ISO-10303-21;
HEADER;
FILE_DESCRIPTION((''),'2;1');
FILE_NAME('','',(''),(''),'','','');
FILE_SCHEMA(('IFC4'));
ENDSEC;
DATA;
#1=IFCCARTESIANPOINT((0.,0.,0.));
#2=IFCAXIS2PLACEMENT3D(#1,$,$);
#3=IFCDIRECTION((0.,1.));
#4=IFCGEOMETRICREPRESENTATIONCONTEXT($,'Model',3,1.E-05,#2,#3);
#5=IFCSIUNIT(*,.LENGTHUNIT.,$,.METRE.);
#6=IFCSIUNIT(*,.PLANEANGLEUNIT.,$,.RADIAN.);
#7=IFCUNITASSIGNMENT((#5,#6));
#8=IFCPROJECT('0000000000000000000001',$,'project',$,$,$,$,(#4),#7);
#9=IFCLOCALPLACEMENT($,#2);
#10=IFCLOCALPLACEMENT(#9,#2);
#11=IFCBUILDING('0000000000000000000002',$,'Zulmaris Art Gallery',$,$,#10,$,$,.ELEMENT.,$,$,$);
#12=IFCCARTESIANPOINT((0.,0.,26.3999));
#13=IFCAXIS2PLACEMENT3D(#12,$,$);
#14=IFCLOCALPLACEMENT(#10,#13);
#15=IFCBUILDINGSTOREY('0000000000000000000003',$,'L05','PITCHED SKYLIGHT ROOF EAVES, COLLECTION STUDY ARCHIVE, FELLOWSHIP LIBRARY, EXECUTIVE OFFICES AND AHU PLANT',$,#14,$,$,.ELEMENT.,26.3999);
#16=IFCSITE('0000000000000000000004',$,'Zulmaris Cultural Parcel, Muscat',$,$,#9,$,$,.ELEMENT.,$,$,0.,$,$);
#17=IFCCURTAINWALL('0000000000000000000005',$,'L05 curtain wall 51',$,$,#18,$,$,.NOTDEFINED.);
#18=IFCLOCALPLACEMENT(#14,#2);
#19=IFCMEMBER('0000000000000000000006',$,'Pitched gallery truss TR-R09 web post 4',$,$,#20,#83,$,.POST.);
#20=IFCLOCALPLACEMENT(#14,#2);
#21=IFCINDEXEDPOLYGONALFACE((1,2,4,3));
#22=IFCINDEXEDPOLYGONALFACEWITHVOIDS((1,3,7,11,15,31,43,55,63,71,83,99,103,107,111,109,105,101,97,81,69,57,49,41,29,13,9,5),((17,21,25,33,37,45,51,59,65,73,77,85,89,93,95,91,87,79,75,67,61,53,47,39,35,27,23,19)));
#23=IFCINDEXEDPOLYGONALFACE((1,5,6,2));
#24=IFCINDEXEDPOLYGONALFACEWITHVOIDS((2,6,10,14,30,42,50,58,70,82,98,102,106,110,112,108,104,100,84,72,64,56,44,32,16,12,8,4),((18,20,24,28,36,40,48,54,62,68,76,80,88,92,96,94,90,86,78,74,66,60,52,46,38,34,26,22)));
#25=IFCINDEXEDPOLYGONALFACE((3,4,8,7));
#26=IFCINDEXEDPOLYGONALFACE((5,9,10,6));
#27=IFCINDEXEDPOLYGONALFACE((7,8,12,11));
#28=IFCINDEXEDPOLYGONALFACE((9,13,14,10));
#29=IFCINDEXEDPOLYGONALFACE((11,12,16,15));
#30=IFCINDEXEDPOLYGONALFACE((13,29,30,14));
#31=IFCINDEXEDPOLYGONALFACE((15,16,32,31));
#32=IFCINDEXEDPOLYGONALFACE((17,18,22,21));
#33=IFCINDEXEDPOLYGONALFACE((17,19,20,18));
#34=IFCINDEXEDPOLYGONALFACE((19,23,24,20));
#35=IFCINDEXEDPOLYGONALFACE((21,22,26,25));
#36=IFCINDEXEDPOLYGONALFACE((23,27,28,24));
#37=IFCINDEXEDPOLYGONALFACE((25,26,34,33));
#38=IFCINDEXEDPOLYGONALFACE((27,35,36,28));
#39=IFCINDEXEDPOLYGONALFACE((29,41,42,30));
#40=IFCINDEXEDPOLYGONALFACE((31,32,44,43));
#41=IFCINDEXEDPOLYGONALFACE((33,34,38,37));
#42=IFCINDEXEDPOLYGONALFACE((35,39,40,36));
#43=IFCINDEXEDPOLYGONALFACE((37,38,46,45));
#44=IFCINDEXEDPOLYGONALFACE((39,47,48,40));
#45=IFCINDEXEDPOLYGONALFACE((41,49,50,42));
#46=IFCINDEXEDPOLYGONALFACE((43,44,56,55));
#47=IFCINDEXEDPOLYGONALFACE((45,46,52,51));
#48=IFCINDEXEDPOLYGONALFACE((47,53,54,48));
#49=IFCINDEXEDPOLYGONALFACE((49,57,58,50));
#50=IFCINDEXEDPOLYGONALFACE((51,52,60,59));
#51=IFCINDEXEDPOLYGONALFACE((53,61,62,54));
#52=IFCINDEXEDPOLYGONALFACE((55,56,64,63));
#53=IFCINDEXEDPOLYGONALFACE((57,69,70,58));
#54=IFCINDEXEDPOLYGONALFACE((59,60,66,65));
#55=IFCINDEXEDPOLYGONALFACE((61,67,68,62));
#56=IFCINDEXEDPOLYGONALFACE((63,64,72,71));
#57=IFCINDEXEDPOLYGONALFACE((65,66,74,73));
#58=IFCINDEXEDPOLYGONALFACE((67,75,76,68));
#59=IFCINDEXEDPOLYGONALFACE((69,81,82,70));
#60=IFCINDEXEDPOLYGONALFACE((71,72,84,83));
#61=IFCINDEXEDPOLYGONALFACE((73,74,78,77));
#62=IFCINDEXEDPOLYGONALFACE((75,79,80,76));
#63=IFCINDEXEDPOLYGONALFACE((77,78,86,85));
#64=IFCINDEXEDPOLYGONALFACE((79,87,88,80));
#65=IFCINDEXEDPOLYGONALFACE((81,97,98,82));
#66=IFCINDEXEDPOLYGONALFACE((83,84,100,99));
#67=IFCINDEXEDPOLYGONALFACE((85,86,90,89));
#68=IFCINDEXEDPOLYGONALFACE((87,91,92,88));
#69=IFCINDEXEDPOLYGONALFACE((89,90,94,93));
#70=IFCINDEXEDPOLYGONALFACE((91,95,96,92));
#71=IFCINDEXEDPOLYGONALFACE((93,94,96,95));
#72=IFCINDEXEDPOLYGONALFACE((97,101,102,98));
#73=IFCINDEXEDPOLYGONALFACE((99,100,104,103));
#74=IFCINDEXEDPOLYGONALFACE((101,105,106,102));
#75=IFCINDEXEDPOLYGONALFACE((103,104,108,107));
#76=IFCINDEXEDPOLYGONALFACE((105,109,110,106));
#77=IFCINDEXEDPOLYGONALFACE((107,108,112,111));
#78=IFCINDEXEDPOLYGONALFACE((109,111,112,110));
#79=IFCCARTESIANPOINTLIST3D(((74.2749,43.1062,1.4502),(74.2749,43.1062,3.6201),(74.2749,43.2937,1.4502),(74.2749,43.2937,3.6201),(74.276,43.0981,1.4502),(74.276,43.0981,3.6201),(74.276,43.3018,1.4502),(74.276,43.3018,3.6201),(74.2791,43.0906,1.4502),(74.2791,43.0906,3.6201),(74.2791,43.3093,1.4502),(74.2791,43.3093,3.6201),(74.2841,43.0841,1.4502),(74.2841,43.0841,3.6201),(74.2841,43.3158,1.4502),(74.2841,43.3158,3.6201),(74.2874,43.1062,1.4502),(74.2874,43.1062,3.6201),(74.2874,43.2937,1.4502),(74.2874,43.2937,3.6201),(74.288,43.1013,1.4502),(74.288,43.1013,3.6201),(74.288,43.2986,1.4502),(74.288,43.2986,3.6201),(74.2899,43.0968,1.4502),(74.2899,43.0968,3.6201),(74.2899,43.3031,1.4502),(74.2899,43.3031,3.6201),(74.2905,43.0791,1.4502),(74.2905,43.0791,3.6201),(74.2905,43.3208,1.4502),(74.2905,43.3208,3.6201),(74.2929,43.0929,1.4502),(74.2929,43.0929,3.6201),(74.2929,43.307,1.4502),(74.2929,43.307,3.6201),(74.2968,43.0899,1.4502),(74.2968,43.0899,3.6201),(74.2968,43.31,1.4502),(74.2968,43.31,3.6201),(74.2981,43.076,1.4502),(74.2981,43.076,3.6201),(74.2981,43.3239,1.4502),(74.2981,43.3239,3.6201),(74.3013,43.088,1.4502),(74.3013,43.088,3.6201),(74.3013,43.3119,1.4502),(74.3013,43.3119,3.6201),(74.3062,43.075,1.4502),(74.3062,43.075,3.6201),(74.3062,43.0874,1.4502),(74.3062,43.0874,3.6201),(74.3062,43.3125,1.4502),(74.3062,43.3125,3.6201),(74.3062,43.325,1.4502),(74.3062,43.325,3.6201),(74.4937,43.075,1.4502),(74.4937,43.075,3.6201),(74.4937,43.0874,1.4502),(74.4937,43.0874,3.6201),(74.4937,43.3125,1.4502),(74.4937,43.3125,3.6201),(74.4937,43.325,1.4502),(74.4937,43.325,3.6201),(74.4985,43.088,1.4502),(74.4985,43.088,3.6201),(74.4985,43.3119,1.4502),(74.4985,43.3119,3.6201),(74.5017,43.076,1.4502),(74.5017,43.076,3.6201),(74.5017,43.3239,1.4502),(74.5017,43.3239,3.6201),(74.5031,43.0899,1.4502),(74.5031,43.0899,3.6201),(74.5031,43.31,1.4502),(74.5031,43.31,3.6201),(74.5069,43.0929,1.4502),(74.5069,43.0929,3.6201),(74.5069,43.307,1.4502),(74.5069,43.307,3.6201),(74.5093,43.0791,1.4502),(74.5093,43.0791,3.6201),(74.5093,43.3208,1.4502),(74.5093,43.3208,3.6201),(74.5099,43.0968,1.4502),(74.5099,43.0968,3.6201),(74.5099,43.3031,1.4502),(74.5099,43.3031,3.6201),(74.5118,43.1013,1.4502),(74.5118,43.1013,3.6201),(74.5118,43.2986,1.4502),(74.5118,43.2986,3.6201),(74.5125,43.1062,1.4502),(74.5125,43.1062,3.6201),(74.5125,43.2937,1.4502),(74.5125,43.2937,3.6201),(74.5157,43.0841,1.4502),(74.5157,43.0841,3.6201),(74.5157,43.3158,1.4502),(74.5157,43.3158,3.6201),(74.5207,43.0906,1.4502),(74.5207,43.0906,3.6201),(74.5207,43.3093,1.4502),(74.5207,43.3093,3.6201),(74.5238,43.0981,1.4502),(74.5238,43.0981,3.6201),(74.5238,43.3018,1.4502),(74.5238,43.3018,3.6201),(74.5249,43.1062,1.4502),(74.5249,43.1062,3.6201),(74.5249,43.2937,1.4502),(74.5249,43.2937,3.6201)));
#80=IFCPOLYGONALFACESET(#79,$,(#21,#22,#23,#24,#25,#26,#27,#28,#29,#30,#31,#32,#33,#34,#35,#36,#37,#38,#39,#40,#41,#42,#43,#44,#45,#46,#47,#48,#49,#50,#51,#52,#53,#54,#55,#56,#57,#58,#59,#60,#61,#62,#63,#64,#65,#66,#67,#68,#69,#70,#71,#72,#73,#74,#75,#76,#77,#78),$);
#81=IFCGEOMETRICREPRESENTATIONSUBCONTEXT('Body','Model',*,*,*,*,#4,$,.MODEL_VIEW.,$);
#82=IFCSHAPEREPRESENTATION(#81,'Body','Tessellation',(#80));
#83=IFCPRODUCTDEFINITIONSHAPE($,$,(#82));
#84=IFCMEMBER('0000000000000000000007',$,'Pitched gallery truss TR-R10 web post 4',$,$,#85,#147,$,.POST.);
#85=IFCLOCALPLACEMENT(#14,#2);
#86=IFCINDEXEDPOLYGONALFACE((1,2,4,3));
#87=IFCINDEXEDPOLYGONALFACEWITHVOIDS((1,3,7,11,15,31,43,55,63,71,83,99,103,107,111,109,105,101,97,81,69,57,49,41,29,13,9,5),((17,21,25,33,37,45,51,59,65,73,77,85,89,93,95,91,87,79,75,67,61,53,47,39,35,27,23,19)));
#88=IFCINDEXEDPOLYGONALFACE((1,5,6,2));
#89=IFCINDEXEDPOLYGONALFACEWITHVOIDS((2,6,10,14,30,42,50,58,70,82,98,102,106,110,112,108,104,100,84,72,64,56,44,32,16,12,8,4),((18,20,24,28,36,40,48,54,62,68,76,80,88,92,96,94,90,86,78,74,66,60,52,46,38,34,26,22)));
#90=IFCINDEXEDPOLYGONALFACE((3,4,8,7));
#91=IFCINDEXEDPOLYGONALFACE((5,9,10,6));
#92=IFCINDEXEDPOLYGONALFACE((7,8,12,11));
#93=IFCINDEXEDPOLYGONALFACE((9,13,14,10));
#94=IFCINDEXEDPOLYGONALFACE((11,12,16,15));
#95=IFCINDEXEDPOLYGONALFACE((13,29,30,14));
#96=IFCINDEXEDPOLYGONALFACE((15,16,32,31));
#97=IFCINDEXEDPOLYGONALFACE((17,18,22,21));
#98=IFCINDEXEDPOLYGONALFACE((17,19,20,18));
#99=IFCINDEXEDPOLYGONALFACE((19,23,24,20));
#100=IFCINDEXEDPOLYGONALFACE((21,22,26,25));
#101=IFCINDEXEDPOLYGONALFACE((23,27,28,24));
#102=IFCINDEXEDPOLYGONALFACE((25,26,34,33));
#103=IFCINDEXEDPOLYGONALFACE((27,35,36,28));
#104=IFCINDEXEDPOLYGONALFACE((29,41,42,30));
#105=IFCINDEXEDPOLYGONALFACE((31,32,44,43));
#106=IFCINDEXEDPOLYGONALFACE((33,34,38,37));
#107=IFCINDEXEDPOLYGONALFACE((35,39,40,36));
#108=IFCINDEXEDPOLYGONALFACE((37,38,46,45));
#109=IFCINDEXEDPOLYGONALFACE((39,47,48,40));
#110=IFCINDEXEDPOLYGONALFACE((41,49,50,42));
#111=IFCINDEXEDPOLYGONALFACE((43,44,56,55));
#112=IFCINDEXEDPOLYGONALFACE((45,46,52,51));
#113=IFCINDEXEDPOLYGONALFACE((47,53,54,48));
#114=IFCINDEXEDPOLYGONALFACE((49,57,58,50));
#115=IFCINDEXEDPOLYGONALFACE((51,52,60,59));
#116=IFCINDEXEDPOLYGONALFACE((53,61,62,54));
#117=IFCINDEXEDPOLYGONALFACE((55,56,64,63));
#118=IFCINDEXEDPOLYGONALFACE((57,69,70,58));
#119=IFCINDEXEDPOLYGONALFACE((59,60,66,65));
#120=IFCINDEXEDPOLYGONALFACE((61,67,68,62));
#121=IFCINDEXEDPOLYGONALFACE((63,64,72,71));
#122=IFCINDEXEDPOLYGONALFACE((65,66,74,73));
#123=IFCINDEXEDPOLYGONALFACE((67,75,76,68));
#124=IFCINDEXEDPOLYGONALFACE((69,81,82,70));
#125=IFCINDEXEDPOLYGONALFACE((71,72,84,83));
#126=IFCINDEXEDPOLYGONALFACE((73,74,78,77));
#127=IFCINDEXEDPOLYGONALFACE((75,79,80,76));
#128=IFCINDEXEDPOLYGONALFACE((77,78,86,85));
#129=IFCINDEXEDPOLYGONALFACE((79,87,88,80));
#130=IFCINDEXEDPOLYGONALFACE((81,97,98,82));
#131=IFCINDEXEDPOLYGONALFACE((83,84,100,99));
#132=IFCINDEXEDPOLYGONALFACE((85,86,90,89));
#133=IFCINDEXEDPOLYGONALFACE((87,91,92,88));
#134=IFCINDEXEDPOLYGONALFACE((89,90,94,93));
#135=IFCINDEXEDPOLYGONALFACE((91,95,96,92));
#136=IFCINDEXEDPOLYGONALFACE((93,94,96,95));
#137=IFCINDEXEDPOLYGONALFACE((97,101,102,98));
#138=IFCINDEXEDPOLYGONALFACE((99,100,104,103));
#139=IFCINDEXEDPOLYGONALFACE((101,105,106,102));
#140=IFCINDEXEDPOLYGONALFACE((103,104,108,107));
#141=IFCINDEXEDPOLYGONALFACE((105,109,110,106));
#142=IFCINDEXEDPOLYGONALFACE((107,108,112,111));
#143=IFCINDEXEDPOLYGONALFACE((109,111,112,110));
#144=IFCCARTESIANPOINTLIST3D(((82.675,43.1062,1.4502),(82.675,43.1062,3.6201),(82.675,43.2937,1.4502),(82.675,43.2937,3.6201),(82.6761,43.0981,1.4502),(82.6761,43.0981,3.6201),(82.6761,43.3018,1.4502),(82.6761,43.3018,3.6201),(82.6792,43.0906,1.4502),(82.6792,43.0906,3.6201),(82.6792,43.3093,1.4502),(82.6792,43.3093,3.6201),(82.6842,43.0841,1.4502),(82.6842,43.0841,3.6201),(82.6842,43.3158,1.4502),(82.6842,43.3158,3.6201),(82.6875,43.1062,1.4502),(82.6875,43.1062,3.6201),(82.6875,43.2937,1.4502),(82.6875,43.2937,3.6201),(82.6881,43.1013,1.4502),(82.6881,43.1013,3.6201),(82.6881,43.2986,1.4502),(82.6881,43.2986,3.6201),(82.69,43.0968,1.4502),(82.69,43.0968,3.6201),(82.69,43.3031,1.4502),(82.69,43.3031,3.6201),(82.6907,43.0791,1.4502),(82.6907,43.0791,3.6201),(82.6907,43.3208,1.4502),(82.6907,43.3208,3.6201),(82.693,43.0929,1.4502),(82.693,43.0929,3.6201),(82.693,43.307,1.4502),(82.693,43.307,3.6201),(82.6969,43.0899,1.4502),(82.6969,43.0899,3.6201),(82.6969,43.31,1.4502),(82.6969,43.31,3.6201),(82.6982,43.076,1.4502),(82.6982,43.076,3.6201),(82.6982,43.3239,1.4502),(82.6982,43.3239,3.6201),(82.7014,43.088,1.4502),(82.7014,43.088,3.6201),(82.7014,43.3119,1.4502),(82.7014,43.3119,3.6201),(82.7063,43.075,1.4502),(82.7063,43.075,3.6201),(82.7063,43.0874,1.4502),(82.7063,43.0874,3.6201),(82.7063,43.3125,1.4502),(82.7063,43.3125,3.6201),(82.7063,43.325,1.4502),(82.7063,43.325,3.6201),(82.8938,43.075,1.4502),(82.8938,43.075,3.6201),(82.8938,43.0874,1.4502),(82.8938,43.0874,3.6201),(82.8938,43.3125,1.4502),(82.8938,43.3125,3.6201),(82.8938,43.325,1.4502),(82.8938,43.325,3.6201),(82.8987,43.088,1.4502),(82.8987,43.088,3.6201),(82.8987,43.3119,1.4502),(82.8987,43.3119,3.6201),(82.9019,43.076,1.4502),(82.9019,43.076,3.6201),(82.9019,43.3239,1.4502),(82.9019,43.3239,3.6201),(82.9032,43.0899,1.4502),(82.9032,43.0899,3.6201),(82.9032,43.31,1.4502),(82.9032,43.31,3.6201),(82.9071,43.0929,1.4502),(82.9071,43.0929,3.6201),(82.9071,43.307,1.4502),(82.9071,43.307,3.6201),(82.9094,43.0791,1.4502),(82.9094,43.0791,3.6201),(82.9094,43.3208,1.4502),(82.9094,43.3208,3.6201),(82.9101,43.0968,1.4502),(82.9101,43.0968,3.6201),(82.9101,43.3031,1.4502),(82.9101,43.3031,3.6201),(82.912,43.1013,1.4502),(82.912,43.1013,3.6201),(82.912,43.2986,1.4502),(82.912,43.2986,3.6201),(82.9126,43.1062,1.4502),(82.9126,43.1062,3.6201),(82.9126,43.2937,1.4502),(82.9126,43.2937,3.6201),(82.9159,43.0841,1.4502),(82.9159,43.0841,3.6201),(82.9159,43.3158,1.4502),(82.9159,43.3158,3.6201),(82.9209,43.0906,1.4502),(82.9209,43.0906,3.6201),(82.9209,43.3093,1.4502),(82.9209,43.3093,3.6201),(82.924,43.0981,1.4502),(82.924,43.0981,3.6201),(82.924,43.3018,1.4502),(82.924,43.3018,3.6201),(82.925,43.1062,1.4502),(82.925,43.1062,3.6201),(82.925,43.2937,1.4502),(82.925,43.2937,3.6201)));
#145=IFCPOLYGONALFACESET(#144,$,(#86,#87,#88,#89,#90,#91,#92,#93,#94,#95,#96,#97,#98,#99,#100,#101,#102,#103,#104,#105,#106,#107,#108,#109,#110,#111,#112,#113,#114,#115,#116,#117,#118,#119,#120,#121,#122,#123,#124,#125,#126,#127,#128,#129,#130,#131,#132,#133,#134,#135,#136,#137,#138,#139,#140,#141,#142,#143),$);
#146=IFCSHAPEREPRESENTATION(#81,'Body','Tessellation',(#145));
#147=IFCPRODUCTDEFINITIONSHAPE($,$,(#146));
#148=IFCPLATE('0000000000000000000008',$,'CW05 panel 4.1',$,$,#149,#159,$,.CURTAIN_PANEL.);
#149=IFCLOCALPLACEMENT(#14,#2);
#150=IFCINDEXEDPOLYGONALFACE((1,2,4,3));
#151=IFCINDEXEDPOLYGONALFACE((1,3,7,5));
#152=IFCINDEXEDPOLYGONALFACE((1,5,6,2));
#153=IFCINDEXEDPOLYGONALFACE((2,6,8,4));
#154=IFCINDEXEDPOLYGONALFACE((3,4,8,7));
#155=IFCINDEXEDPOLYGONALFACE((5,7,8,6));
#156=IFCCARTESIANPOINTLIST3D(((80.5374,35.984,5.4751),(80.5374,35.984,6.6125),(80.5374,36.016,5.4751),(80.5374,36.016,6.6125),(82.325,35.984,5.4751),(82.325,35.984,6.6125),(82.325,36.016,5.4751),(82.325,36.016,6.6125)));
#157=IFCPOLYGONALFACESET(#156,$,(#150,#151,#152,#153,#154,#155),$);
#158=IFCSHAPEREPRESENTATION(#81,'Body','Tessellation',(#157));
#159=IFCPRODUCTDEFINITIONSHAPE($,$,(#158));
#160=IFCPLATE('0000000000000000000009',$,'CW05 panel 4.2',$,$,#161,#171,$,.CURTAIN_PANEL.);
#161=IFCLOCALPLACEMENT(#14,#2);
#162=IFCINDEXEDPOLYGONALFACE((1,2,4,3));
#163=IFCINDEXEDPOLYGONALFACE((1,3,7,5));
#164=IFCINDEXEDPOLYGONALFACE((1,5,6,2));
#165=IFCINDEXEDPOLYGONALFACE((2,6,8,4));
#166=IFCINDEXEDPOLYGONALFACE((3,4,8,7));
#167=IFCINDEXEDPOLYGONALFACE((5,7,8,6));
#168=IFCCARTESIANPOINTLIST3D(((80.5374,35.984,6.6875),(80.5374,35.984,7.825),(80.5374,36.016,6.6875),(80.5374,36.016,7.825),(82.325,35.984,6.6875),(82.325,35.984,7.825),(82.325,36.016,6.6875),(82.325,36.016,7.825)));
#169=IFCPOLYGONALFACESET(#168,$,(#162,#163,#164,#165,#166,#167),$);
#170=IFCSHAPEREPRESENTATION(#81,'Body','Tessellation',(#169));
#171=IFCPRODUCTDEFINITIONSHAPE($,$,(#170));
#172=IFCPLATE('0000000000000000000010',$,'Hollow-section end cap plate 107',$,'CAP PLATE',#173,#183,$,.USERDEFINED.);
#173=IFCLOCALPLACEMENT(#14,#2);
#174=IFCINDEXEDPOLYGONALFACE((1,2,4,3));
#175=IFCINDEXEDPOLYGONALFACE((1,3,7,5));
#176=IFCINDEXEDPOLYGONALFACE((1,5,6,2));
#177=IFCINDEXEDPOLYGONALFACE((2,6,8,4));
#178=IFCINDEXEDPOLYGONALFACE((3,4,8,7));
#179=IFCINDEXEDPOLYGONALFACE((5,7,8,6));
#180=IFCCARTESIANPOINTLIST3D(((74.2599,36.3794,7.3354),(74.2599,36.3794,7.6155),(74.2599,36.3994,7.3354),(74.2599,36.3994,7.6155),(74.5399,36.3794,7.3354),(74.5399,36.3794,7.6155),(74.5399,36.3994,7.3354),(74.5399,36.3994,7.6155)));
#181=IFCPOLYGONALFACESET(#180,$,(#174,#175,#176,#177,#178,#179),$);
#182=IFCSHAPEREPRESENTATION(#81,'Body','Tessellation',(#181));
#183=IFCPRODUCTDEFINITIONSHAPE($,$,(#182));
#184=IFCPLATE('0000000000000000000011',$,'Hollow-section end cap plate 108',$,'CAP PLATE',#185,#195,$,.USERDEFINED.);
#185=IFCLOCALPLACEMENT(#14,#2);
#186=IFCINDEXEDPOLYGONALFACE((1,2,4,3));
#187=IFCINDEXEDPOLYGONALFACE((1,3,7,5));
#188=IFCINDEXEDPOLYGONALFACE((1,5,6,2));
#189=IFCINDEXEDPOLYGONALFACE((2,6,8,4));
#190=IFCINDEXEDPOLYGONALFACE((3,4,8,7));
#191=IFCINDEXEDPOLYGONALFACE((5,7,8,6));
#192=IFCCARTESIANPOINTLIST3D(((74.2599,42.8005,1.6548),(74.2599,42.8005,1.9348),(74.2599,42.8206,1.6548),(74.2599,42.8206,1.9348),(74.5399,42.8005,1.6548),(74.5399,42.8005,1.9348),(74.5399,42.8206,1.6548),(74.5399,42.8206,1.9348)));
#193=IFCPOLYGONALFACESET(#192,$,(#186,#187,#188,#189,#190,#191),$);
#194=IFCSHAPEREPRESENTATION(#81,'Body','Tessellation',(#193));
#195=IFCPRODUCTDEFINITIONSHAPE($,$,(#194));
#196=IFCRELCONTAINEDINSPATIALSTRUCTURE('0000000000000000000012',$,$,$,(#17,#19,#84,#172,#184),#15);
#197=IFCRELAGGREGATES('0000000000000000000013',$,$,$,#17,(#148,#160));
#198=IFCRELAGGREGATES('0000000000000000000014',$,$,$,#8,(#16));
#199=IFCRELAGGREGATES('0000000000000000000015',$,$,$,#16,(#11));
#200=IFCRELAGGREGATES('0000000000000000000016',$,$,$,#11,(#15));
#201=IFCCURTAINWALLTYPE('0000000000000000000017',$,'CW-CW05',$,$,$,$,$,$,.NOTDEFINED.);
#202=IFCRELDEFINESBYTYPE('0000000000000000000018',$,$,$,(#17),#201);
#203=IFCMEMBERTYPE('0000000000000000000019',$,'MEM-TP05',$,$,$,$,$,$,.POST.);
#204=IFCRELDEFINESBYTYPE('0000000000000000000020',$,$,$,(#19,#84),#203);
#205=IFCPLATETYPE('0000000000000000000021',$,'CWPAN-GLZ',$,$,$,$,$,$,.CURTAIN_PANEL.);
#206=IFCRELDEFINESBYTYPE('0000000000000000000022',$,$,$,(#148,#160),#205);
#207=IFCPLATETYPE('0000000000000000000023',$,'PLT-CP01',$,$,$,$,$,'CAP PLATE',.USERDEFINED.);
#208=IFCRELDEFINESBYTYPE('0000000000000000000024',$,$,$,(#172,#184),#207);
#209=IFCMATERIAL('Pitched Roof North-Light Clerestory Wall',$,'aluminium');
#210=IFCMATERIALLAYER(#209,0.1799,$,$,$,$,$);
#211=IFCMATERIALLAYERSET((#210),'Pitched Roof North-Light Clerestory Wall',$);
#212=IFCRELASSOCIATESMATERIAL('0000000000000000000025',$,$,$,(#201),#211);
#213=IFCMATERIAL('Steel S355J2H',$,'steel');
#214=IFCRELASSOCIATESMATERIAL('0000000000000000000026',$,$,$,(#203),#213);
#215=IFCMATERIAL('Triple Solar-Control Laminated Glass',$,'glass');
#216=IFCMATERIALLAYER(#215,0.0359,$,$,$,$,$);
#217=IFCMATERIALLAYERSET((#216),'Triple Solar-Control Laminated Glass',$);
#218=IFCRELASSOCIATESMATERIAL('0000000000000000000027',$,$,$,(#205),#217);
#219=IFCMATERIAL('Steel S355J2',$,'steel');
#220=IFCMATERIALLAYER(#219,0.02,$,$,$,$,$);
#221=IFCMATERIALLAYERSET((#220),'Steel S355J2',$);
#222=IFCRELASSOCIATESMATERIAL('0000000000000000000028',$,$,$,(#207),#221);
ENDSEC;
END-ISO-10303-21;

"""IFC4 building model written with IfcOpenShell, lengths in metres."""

from ifc_helpers import new_model, si_unit, direction, frame, origin, origin_2d, place, context, subcontext, project, spatial, rectangle, hollow_rectangle, extrude, material, layer, layer_set, material_profile, profile_set, type_object, element, aggregate, save


model = new_model("IFC4")

# Units and contexts
model_context = context("Model", 3, precision=1e-05, world=origin(), true_north=direction((0.0, 1.0)))
body_context = subcontext(model_context, "Body", "Model", "MODEL_VIEW")
ifc_project = project(units=[si_unit("LENGTHUNIT", "METRE"), si_unit("PLANEANGLEUNIT", "RADIAN")], contexts=[model_context])

# Site, building, storey
site_placement = place(None, origin())
site = spatial("IfcSite", under=ifc_project, at=site_placement, Name="Zulmaris Cultural Parcel, Muscat", CompositionType="ELEMENT", RefElevation=0.0)
building_placement = place(site_placement, origin())
building = spatial("IfcBuilding", under=site, at=building_placement, Name="Zulmaris Art Gallery", CompositionType="ELEMENT")
storey_placement = place(building_placement, frame((0.0, 0.0, 26.3999)))
storey = spatial("IfcBuildingStorey", under=building, at=storey_placement, Name="L05", Description="PITCHED SKYLIGHT ROOF EAVES, COLLECTION STUDY ARCHIVE, FELLOWSHIP LIBRARY, EXECUTIVE OFFICES AND AHU PLANT", CompositionType="ELEMENT", Elevation=26.3999)

# Shared definitions
ifc_material_1 = material(Name="Pitched Roof North-Light Clerestory Wall", Category="aluminium")
ifc_layer_1 = layer(ifc_material_1, 0.1799)
ifc_layer_set_1 = layer_set([ifc_layer_1], Name="Pitched Roof North-Light Clerestory Wall")
curtain_wall_type = type_object("IfcCurtainWallType", Name="CW-CW05", PredefinedType="NOTDEFINED", material=ifc_layer_set_1)

# Curtain wall
curtain_wall_1_placement = place(storey_placement, origin())
curtain_wall_1 = element("IfcCurtainWall", 1, at=curtain_wall_1_placement, inside=storey, type_object=curtain_wall_type, Name="L05 curtain wall 51", PredefinedType="NOTDEFINED")

# Members
ifc_material_2 = material(Name="Steel S355J2H", Category="steel")
ifc_material_3 = material(Name="Steel S355J2", Category="steel")
ifc_material_profile_1 = material_profile(ifc_material_2, hollow_rectangle(XDim=0.25, YDim=0.25, WallThickness=0.0125, InnerFilletRadius=0.0188, OuterFilletRadius=0.0312, at=origin_2d()), Name="SHS 250x250x12.5")
ifc_profile_set_1 = profile_set([ifc_material_profile_1], Name="Steel S355J2H")
member_type_1 = type_object("IfcMemberType", Name="MEM-TP05", PredefinedType="POST", material=ifc_profile_set_1)
for number, where, z_axis, x_axis, name in (
    (2, (74.3999, 43.2, 1.4502), (0.0, 0.0, 1.0), (1.0, 0.0, 0.0), "Pitched gallery truss TR-R09 web post 4"),
    (3, (82.8, 43.2, 1.4502), (0.0, 0.0, 1.0), (1.0, 0.0, 0.0), "Pitched gallery truss TR-R10 web post 4"),
):
    element("IfcMember", number, at=place(storey_placement, frame(where, z_axis=z_axis, x_axis=x_axis)), inside=storey, type_object=member_type_1, Name=name, PredefinedType="POST", context=body_context, shape_type="SweptSolid", body=[
        extrude(hollow_rectangle(XDim=0.25, YDim=0.25, WallThickness=0.0125, InnerFilletRadius=0.0188, OuterFilletRadius=0.0312, at=origin_2d()), origin(), (0.0, 0.0, 1.0), 2.1699),
    ])

# Plates
ifc_material_4 = material(Name="Triple Solar-Control Laminated Glass", Category="glass")
ifc_layer_2 = layer(ifc_material_4, 0.0359)
ifc_layer_set_2 = layer_set([ifc_layer_2], Name="Triple Solar-Control Laminated Glass")
plate_type_1 = type_object("IfcPlateType", Name="CWPAN-GLZ", PredefinedType="CURTAIN_PANEL", material=ifc_layer_set_2)
plate_1_placement = place(storey_placement, frame((81.4312, 36.0, 5.4751), z_axis=(0.0, 0.0, 1.0), x_axis=(1.0, 0.0, 0.0)))
plate_1 = element("IfcPlate", 4, at=plate_1_placement, type_object=plate_type_1, Name="CW05 panel 4.1", PredefinedType="CURTAIN_PANEL", context=body_context, shape_type="SweptSolid", body=[
    extrude(rectangle(XDim=1.7876, YDim=0.032, at=origin_2d()), origin(), (0.0, 0.0, 1.0), 1.1375),
])
plate_2_placement = place(storey_placement, frame((81.4312, 36.0, 6.6875), z_axis=(0.0, 0.0, 1.0), x_axis=(1.0, 0.0, 0.0)))
plate_2 = element("IfcPlate", 5, at=plate_2_placement, type_object=plate_type_1, Name="CW05 panel 4.2", PredefinedType="CURTAIN_PANEL", context=body_context, shape_type="SweptSolid", body=[
    extrude(rectangle(XDim=1.7876, YDim=0.032, at=origin_2d()), origin(), (0.0, 0.0, 1.0), 1.1375),
])
aggregate(curtain_wall_1, [plate_1, plate_2])

# Plates
ifc_layer_3 = layer(ifc_material_3, 0.02)
ifc_layer_set_3 = layer_set([ifc_layer_3], Name="Steel S355J2")
plate_type_2 = type_object("IfcPlateType", Name="PLT-CP01", ElementType="CAP PLATE", PredefinedType="USERDEFINED", material=ifc_layer_set_3)
for number, where, z_axis, x_axis, name in (
    (6, (74.3999, 36.3894, 7.3354), (0.0, 0.0, 1.0), (1.0, 0.0, 0.0), "Hollow-section end cap plate 107"),
    (7, (74.3999, 42.8105, 1.6548), (0.0, 0.0, 1.0), (1.0, 0.0, 0.0), "Hollow-section end cap plate 108"),
):
    element("IfcPlate", number, at=place(storey_placement, frame(where, z_axis=z_axis, x_axis=x_axis)), inside=storey, type_object=plate_type_2, Name=name, ObjectType="CAP PLATE", PredefinedType="USERDEFINED", context=body_context, shape_type="SweptSolid", body=[
        extrude(rectangle(XDim=0.28, YDim=0.02, at=origin_2d()), origin(), (0.0, 0.0, 1.0), 0.28),
    ])

save(model, "model.ifc")
